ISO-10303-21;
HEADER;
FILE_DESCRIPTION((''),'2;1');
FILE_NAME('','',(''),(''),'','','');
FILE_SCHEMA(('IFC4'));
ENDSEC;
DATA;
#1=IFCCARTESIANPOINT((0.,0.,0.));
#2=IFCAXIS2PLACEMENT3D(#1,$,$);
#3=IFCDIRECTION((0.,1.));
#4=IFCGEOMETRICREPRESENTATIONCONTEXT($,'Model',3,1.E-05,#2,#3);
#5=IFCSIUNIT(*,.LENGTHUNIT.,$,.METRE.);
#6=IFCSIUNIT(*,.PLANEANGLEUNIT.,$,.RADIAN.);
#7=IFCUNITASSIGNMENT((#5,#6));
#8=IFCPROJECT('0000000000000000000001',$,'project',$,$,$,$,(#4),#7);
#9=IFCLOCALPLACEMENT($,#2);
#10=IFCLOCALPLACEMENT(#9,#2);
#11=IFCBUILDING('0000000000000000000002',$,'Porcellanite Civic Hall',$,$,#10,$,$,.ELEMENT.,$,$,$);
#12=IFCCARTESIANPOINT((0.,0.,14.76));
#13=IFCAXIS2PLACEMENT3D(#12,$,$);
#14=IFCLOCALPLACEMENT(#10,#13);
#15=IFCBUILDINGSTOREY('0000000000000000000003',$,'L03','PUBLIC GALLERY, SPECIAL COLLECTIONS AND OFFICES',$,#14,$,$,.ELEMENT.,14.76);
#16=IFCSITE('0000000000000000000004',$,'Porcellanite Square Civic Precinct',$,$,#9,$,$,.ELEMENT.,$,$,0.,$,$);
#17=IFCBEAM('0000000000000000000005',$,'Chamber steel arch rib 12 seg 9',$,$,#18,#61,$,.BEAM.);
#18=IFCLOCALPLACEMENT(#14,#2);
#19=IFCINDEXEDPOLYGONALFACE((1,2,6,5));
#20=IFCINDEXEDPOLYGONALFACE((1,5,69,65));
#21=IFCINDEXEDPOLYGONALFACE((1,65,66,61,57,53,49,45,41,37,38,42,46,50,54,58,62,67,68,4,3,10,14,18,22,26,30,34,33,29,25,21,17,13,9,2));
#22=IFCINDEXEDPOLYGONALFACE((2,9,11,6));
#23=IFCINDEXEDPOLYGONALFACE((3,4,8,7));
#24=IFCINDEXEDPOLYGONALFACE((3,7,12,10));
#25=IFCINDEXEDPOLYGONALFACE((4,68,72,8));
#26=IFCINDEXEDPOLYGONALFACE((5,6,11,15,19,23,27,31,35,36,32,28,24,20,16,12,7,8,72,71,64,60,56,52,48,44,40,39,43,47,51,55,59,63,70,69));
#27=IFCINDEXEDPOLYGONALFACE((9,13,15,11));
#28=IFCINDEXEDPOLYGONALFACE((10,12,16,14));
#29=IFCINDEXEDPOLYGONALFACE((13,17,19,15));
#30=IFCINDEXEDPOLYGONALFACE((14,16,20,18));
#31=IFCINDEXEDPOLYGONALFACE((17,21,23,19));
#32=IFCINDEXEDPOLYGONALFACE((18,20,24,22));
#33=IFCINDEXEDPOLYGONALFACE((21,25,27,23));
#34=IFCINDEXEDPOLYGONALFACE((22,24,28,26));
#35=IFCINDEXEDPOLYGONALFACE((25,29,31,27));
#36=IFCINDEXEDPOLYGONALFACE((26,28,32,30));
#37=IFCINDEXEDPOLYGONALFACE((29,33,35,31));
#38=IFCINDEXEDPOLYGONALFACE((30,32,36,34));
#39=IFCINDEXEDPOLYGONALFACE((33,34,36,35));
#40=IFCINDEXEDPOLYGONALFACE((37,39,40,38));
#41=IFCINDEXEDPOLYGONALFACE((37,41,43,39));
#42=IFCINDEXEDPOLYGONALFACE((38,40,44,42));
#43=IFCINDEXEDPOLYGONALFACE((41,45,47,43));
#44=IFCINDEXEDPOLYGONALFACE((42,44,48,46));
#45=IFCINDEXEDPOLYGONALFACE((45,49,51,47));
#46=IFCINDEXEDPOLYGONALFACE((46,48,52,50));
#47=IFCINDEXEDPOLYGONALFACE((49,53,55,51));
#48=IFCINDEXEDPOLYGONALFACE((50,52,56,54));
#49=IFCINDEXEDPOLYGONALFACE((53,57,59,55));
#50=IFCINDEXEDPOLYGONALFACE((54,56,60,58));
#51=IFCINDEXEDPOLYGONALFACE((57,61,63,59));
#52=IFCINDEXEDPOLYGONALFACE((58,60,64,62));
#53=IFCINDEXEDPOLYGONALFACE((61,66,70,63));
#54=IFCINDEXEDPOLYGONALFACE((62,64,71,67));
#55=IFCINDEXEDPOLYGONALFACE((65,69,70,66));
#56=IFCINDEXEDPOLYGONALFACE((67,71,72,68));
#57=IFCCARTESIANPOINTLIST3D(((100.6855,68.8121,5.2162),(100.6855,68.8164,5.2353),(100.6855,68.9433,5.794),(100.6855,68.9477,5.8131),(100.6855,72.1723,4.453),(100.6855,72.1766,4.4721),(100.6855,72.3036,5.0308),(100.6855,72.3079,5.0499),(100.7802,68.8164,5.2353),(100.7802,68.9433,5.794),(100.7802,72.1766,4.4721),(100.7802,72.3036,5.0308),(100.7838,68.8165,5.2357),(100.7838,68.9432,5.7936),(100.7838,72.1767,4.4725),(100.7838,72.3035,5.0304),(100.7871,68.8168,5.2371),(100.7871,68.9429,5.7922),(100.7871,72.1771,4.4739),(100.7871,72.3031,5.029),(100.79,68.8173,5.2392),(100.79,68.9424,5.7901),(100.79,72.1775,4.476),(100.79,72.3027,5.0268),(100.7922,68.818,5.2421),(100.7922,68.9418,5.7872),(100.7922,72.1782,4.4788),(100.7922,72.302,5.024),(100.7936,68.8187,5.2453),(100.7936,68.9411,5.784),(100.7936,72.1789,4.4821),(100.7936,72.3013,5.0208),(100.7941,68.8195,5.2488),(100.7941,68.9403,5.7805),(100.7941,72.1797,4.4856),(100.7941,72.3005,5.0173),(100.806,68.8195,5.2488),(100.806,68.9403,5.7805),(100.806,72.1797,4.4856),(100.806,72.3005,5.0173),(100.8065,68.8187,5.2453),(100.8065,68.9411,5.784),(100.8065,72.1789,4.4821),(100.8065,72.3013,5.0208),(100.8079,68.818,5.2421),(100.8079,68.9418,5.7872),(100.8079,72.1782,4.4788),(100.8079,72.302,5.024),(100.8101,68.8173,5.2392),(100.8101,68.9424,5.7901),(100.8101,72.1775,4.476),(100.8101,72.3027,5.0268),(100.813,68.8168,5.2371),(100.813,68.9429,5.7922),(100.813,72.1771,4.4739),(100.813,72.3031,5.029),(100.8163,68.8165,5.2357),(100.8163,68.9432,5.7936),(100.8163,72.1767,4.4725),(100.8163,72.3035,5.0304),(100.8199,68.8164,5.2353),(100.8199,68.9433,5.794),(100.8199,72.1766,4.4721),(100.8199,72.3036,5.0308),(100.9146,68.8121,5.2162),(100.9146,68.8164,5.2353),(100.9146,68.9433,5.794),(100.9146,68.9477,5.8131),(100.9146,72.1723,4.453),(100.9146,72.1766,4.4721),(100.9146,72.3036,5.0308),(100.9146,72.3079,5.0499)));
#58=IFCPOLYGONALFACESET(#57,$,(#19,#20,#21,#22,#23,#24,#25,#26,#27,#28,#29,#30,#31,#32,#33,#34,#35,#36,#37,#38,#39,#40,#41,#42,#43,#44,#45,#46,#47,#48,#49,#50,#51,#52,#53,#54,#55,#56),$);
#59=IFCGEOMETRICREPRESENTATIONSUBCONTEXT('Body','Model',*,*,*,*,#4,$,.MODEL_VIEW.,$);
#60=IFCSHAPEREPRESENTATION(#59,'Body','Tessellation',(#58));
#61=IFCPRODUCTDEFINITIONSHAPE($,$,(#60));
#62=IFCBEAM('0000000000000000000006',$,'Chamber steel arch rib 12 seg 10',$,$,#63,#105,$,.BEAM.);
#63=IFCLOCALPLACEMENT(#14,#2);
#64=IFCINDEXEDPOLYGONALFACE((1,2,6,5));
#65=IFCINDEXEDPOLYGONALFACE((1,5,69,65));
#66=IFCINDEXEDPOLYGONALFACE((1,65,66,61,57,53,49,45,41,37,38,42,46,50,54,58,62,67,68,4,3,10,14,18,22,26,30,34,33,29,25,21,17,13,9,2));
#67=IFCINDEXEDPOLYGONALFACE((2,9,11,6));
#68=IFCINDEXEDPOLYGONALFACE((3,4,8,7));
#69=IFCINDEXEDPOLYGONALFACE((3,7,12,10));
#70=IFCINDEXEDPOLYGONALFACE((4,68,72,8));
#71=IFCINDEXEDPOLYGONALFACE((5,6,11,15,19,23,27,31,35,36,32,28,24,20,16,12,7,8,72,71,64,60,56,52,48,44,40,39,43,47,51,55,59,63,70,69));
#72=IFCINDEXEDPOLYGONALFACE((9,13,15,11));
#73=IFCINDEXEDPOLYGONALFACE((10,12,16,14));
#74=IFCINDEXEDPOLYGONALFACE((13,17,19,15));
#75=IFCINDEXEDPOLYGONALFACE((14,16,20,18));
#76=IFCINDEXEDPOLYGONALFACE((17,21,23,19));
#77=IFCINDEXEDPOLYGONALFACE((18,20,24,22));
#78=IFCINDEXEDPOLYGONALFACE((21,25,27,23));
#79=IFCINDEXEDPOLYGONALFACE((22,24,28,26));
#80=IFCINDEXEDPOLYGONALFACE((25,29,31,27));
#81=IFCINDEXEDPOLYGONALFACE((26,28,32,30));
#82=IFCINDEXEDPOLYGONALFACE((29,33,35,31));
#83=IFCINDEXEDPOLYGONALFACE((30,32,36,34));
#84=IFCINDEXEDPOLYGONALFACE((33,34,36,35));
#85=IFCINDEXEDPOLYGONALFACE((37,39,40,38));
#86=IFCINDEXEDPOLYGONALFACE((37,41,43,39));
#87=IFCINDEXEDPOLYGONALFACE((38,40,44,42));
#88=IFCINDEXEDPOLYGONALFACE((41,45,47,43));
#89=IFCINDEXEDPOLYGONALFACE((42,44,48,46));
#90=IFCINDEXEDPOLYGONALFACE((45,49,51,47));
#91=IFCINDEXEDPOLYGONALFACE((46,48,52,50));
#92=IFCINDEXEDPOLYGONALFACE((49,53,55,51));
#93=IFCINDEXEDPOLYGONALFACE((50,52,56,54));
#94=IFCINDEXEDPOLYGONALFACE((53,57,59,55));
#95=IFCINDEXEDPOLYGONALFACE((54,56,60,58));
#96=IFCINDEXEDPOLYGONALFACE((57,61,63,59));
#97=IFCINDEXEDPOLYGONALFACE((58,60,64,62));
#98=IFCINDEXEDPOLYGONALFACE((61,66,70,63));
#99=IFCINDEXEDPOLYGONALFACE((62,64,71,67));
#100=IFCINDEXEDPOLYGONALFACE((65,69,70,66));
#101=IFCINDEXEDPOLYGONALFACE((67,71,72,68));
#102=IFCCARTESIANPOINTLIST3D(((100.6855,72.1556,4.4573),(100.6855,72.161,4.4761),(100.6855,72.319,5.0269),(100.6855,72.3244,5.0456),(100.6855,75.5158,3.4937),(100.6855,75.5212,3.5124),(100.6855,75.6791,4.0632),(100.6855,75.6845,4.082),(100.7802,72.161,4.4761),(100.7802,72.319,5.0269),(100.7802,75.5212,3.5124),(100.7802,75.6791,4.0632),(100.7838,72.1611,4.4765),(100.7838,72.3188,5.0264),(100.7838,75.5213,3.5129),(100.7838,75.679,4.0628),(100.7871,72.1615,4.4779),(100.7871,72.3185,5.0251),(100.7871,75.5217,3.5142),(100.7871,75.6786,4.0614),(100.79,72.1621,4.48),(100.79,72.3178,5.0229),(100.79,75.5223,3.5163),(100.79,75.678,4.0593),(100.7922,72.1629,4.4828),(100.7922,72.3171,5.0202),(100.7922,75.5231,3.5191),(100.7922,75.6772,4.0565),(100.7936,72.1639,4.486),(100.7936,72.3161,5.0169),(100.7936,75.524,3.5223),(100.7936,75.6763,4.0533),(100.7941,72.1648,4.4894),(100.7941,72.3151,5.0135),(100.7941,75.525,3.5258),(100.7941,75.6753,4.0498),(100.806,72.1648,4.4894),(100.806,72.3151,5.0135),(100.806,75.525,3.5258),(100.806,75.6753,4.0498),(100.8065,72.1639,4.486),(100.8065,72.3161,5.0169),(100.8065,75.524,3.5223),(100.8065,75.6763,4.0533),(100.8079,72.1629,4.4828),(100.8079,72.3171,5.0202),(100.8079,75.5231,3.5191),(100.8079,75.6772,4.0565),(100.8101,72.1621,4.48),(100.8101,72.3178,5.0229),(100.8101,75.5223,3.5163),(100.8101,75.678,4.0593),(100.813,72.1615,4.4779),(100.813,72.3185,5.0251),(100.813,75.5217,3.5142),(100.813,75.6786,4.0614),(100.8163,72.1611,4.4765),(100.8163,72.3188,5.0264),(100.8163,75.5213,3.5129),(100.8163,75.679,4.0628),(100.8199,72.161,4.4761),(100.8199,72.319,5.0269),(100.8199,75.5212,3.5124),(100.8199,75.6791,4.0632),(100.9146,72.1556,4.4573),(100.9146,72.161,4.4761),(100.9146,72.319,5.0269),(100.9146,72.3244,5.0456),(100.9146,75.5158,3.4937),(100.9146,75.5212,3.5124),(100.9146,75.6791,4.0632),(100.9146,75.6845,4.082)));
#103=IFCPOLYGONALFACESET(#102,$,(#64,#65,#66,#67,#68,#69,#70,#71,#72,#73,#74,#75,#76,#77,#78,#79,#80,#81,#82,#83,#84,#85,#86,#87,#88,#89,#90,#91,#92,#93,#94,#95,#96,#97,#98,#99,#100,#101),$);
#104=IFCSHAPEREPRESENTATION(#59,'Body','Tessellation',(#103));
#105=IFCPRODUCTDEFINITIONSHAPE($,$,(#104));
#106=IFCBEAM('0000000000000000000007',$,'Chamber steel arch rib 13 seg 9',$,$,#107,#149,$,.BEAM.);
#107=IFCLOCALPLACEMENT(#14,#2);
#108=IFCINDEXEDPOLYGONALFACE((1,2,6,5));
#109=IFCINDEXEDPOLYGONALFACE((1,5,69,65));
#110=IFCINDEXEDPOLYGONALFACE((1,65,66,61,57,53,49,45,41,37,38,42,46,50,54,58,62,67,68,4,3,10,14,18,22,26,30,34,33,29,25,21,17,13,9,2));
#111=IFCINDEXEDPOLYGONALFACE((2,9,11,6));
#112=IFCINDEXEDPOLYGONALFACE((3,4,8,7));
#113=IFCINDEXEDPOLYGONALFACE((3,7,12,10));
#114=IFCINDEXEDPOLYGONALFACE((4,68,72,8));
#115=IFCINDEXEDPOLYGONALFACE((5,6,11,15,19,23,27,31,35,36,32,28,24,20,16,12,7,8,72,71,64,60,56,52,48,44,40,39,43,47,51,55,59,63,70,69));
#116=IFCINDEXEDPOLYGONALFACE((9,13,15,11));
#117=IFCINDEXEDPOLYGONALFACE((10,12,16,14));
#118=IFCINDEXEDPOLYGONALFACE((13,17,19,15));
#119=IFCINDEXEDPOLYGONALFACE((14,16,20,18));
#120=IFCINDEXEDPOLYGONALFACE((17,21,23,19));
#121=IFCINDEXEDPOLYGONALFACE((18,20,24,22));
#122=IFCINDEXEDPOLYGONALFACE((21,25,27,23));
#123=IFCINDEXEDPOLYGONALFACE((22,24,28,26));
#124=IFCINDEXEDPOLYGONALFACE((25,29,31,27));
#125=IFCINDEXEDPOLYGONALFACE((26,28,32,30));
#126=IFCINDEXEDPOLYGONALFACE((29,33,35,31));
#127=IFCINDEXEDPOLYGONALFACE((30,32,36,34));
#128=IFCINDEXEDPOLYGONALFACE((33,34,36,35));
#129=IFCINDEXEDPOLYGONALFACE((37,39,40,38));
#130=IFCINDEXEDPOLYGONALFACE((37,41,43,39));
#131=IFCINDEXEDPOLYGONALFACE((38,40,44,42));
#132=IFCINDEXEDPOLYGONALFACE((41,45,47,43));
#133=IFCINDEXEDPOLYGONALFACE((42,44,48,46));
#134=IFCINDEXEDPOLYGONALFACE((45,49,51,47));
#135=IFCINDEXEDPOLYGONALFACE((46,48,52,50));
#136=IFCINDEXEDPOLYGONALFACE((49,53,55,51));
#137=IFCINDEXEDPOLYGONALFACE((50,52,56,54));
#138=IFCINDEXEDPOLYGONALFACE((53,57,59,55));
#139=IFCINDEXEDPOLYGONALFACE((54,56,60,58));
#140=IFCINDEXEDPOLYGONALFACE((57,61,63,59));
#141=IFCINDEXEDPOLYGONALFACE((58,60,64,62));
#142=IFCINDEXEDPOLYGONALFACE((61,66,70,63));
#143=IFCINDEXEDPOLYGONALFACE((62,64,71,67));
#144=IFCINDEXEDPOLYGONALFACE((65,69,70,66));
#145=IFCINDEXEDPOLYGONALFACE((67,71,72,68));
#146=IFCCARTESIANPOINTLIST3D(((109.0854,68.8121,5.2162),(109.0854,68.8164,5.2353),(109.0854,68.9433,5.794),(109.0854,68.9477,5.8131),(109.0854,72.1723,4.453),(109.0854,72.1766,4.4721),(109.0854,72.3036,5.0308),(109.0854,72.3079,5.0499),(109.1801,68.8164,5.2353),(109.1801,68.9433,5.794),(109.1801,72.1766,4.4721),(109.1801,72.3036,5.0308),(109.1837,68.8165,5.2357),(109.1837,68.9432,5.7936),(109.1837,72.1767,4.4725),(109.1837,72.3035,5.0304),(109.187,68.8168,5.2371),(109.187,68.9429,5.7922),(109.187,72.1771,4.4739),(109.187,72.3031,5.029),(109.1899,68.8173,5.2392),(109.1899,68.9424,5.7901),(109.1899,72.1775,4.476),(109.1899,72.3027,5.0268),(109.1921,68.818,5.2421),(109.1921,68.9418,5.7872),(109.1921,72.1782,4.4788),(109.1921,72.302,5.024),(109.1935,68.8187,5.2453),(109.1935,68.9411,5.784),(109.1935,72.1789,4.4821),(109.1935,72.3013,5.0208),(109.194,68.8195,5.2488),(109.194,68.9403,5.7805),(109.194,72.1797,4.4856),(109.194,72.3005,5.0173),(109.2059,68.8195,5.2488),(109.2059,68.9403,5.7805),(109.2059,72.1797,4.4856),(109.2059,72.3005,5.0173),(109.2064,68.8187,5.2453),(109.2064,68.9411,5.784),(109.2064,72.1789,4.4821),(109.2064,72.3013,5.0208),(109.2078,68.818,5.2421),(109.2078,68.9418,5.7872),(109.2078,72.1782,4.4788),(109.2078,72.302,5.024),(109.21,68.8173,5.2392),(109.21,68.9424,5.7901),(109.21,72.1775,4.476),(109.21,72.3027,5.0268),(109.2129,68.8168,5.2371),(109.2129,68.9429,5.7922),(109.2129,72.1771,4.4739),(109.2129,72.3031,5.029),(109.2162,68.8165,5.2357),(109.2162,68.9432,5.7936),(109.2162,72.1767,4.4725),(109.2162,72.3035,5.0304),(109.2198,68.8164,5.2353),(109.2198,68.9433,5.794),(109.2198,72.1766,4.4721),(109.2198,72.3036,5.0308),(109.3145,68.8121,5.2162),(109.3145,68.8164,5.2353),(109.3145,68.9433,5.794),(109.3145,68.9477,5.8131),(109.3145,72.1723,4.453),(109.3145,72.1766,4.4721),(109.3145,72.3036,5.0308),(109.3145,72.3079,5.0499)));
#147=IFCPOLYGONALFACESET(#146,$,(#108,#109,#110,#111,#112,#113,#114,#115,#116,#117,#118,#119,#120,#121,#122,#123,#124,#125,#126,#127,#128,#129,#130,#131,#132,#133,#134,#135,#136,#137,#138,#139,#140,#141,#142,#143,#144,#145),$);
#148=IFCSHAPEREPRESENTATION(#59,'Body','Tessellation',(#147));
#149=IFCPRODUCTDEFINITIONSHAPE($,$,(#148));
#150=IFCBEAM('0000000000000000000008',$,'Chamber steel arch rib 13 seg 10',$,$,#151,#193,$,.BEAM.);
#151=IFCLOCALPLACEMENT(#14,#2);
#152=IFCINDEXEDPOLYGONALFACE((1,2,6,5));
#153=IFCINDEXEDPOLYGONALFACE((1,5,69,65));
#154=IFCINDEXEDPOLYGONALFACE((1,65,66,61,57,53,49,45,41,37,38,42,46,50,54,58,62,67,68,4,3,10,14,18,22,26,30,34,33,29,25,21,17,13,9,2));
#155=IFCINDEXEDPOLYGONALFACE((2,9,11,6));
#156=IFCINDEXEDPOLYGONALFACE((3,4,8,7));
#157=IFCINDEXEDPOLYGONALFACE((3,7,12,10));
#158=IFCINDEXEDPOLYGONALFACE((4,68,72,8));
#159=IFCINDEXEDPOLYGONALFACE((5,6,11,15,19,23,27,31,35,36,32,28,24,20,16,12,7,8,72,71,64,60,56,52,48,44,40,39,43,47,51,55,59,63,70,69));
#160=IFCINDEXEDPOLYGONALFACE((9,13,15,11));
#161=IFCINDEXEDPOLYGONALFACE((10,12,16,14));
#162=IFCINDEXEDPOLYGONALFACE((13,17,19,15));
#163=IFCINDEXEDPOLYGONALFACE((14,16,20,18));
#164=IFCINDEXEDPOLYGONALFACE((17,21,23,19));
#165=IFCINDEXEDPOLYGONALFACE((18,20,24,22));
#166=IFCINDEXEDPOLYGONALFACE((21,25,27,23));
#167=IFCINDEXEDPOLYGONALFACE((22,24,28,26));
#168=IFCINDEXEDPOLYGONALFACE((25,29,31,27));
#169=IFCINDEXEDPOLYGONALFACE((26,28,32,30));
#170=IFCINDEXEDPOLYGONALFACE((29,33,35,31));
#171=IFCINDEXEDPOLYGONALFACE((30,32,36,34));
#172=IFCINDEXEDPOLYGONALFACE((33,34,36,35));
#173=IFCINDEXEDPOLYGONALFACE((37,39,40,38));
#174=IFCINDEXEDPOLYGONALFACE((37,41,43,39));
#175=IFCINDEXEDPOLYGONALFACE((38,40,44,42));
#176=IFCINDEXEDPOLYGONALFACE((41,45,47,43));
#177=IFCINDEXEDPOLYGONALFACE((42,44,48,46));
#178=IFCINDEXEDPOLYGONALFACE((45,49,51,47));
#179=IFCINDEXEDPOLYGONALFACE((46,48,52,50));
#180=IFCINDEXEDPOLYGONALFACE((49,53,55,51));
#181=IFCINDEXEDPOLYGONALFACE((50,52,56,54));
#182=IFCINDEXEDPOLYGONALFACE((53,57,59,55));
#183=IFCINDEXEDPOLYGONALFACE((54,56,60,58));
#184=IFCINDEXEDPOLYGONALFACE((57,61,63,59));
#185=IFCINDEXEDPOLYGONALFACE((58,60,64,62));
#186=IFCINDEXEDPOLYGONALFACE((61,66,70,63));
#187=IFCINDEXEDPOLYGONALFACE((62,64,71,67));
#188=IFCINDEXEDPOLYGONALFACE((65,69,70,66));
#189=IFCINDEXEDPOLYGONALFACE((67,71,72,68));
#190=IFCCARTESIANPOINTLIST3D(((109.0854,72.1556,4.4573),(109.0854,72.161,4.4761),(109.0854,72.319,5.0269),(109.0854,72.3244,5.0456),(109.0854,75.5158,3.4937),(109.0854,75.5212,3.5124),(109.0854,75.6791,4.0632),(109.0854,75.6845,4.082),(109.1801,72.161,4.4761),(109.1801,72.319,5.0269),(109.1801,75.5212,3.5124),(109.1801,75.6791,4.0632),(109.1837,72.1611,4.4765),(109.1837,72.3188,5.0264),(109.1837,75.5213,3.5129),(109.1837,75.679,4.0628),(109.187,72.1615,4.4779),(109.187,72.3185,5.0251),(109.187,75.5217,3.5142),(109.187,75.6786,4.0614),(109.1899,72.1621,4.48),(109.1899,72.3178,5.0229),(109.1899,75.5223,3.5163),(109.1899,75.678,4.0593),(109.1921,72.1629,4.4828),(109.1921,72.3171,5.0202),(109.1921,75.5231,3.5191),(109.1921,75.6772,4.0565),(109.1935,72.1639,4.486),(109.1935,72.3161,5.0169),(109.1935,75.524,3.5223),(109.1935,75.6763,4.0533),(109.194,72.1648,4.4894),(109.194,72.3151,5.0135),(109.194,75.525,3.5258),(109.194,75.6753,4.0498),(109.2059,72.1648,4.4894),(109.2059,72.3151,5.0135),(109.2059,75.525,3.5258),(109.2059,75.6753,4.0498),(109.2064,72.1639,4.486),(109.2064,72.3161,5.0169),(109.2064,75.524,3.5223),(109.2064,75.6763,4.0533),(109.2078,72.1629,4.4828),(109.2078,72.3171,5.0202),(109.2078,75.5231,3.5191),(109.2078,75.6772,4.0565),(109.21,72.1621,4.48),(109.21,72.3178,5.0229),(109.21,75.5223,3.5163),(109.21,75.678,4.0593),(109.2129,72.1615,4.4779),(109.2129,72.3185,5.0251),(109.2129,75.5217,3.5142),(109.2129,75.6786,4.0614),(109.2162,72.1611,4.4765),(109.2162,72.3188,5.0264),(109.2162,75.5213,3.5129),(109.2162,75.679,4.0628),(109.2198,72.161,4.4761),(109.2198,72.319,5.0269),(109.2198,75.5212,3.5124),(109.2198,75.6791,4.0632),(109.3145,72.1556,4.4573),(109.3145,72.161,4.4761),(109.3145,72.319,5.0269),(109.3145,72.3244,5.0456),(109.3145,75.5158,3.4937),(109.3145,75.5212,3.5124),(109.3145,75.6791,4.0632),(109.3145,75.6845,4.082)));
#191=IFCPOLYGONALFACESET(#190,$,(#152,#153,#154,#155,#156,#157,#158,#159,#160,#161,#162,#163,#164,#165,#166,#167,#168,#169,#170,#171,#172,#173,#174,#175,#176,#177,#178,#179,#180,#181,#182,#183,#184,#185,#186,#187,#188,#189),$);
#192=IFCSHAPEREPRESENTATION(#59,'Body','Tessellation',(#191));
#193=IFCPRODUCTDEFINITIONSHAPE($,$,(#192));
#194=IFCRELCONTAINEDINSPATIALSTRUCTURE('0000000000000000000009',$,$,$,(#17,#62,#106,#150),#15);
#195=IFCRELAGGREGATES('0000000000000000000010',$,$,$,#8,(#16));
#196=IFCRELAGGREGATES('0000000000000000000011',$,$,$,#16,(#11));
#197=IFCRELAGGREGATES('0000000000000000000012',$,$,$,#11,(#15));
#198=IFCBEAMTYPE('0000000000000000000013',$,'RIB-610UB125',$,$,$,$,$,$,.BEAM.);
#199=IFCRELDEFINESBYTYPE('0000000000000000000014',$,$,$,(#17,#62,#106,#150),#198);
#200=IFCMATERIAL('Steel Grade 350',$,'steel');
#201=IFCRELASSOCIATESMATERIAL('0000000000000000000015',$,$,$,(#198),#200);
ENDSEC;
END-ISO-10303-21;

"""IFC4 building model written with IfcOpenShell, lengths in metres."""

from ifc_helpers import new_model, si_unit, direction, frame, origin, origin_2d, place, context, subcontext, project, spatial, i_section, extrude, material, material_profile, profile_set, type_object, element, save


model = new_model("IFC4")

# Units and contexts
model_context = context("Model", 3, precision=1e-05, world=origin(), true_north=direction((0.0, 1.0)))
body_context = subcontext(model_context, "Body", "Model", "MODEL_VIEW")
ifc_project = project(units=[si_unit("LENGTHUNIT", "METRE"), si_unit("PLANEANGLEUNIT", "RADIAN")], contexts=[model_context])

# Site, building, storey
site_placement = place(None, origin())
site = spatial("IfcSite", under=ifc_project, at=site_placement, Name="Porcellanite Square Civic Precinct", CompositionType="ELEMENT", RefElevation=0.0)
building_placement = place(site_placement, origin())
building = spatial("IfcBuilding", under=site, at=building_placement, Name="Porcellanite Civic Hall", CompositionType="ELEMENT")
storey_placement = place(building_placement, frame((0.0, 0.0, 14.76)))
storey = spatial("IfcBuildingStorey", under=building, at=storey_placement, Name="L03", Description="PUBLIC GALLERY, SPECIAL COLLECTIONS AND OFFICES", CompositionType="ELEMENT", Elevation=14.76)

# Beams
ifc_material_1 = material(Name="Steel Grade 350", Category="steel")
ifc_material_profile_1 = material_profile(ifc_material_1, i_section(OverallWidth=0.229, OverallDepth=0.6121, WebThickness=0.012, FlangeThickness=0.0195, FilletRadius=0.0139, at=origin_2d()), Name="610UB125")
ifc_profile_set_1 = profile_set([ifc_material_profile_1], Name="Steel Grade 350")
beam_type_1 = type_object("IfcBeamType", Name="RIB-610UB125", PredefinedType="BEAM", material=ifc_profile_set_1)
beam_1_placement = place(storey_placement, frame((100.8, 68.8799, 5.5146), z_axis=(0.0, 0.975163, -0.221489), x_axis=(-1.0, 0.0, 0.0)))
element("IfcBeam", 1, at=beam_1_placement, inside=storey, type_object=beam_type_1, Name="Chamber steel arch rib 12 seg 9", PredefinedType="BEAM", context=body_context, shape_type="SweptSolid", body=[
    extrude(i_section(OverallWidth=0.229, OverallDepth=0.6121, WebThickness=0.012, FlangeThickness=0.0195, FilletRadius=0.0139, at=origin_2d()), origin(), (0.0, 0.0, 1.0), 3.4458),
])
beam_2_placement = place(storey_placement, frame((100.8, 72.24, 4.7515), z_axis=(0.0, 0.961252, -0.275671), x_axis=(-1.0, 0.0, 0.0)))
element("IfcBeam", 2, at=beam_2_placement, inside=storey, type_object=beam_type_1, Name="Chamber steel arch rib 12 seg 10", PredefinedType="BEAM", context=body_context, shape_type="SweptSolid", body=[
    extrude(i_section(OverallWidth=0.229, OverallDepth=0.6121, WebThickness=0.012, FlangeThickness=0.0195, FilletRadius=0.0139, at=origin_2d()), origin(), (0.0, 0.0, 1.0), 3.4956),
])
beam_3_placement = place(storey_placement, frame((109.2, 68.8799, 5.5146), z_axis=(0.0, 0.975163, -0.221489), x_axis=(-1.0, 0.0, 0.0)))
element("IfcBeam", 3, at=beam_3_placement, inside=storey, type_object=beam_type_1, Name="Chamber steel arch rib 13 seg 9", PredefinedType="BEAM", context=body_context, shape_type="SweptSolid", body=[
    extrude(i_section(OverallWidth=0.229, OverallDepth=0.6121, WebThickness=0.012, FlangeThickness=0.0195, FilletRadius=0.0139, at=origin_2d()), origin(), (0.0, 0.0, 1.0), 3.4458),
])
beam_4_placement = place(storey_placement, frame((109.2, 72.24, 4.7515), z_axis=(0.0, 0.961252, -0.275671), x_axis=(-1.0, 0.0, 0.0)))
element("IfcBeam", 4, at=beam_4_placement, inside=storey, type_object=beam_type_1, Name="Chamber steel arch rib 13 seg 10", PredefinedType="BEAM", context=body_context, shape_type="SweptSolid", body=[
    extrude(i_section(OverallWidth=0.229, OverallDepth=0.6121, WebThickness=0.012, FlangeThickness=0.0195, FilletRadius=0.0139, at=origin_2d()), origin(), (0.0, 0.0, 1.0), 3.4956),
])

save(model, "model.ifc")
